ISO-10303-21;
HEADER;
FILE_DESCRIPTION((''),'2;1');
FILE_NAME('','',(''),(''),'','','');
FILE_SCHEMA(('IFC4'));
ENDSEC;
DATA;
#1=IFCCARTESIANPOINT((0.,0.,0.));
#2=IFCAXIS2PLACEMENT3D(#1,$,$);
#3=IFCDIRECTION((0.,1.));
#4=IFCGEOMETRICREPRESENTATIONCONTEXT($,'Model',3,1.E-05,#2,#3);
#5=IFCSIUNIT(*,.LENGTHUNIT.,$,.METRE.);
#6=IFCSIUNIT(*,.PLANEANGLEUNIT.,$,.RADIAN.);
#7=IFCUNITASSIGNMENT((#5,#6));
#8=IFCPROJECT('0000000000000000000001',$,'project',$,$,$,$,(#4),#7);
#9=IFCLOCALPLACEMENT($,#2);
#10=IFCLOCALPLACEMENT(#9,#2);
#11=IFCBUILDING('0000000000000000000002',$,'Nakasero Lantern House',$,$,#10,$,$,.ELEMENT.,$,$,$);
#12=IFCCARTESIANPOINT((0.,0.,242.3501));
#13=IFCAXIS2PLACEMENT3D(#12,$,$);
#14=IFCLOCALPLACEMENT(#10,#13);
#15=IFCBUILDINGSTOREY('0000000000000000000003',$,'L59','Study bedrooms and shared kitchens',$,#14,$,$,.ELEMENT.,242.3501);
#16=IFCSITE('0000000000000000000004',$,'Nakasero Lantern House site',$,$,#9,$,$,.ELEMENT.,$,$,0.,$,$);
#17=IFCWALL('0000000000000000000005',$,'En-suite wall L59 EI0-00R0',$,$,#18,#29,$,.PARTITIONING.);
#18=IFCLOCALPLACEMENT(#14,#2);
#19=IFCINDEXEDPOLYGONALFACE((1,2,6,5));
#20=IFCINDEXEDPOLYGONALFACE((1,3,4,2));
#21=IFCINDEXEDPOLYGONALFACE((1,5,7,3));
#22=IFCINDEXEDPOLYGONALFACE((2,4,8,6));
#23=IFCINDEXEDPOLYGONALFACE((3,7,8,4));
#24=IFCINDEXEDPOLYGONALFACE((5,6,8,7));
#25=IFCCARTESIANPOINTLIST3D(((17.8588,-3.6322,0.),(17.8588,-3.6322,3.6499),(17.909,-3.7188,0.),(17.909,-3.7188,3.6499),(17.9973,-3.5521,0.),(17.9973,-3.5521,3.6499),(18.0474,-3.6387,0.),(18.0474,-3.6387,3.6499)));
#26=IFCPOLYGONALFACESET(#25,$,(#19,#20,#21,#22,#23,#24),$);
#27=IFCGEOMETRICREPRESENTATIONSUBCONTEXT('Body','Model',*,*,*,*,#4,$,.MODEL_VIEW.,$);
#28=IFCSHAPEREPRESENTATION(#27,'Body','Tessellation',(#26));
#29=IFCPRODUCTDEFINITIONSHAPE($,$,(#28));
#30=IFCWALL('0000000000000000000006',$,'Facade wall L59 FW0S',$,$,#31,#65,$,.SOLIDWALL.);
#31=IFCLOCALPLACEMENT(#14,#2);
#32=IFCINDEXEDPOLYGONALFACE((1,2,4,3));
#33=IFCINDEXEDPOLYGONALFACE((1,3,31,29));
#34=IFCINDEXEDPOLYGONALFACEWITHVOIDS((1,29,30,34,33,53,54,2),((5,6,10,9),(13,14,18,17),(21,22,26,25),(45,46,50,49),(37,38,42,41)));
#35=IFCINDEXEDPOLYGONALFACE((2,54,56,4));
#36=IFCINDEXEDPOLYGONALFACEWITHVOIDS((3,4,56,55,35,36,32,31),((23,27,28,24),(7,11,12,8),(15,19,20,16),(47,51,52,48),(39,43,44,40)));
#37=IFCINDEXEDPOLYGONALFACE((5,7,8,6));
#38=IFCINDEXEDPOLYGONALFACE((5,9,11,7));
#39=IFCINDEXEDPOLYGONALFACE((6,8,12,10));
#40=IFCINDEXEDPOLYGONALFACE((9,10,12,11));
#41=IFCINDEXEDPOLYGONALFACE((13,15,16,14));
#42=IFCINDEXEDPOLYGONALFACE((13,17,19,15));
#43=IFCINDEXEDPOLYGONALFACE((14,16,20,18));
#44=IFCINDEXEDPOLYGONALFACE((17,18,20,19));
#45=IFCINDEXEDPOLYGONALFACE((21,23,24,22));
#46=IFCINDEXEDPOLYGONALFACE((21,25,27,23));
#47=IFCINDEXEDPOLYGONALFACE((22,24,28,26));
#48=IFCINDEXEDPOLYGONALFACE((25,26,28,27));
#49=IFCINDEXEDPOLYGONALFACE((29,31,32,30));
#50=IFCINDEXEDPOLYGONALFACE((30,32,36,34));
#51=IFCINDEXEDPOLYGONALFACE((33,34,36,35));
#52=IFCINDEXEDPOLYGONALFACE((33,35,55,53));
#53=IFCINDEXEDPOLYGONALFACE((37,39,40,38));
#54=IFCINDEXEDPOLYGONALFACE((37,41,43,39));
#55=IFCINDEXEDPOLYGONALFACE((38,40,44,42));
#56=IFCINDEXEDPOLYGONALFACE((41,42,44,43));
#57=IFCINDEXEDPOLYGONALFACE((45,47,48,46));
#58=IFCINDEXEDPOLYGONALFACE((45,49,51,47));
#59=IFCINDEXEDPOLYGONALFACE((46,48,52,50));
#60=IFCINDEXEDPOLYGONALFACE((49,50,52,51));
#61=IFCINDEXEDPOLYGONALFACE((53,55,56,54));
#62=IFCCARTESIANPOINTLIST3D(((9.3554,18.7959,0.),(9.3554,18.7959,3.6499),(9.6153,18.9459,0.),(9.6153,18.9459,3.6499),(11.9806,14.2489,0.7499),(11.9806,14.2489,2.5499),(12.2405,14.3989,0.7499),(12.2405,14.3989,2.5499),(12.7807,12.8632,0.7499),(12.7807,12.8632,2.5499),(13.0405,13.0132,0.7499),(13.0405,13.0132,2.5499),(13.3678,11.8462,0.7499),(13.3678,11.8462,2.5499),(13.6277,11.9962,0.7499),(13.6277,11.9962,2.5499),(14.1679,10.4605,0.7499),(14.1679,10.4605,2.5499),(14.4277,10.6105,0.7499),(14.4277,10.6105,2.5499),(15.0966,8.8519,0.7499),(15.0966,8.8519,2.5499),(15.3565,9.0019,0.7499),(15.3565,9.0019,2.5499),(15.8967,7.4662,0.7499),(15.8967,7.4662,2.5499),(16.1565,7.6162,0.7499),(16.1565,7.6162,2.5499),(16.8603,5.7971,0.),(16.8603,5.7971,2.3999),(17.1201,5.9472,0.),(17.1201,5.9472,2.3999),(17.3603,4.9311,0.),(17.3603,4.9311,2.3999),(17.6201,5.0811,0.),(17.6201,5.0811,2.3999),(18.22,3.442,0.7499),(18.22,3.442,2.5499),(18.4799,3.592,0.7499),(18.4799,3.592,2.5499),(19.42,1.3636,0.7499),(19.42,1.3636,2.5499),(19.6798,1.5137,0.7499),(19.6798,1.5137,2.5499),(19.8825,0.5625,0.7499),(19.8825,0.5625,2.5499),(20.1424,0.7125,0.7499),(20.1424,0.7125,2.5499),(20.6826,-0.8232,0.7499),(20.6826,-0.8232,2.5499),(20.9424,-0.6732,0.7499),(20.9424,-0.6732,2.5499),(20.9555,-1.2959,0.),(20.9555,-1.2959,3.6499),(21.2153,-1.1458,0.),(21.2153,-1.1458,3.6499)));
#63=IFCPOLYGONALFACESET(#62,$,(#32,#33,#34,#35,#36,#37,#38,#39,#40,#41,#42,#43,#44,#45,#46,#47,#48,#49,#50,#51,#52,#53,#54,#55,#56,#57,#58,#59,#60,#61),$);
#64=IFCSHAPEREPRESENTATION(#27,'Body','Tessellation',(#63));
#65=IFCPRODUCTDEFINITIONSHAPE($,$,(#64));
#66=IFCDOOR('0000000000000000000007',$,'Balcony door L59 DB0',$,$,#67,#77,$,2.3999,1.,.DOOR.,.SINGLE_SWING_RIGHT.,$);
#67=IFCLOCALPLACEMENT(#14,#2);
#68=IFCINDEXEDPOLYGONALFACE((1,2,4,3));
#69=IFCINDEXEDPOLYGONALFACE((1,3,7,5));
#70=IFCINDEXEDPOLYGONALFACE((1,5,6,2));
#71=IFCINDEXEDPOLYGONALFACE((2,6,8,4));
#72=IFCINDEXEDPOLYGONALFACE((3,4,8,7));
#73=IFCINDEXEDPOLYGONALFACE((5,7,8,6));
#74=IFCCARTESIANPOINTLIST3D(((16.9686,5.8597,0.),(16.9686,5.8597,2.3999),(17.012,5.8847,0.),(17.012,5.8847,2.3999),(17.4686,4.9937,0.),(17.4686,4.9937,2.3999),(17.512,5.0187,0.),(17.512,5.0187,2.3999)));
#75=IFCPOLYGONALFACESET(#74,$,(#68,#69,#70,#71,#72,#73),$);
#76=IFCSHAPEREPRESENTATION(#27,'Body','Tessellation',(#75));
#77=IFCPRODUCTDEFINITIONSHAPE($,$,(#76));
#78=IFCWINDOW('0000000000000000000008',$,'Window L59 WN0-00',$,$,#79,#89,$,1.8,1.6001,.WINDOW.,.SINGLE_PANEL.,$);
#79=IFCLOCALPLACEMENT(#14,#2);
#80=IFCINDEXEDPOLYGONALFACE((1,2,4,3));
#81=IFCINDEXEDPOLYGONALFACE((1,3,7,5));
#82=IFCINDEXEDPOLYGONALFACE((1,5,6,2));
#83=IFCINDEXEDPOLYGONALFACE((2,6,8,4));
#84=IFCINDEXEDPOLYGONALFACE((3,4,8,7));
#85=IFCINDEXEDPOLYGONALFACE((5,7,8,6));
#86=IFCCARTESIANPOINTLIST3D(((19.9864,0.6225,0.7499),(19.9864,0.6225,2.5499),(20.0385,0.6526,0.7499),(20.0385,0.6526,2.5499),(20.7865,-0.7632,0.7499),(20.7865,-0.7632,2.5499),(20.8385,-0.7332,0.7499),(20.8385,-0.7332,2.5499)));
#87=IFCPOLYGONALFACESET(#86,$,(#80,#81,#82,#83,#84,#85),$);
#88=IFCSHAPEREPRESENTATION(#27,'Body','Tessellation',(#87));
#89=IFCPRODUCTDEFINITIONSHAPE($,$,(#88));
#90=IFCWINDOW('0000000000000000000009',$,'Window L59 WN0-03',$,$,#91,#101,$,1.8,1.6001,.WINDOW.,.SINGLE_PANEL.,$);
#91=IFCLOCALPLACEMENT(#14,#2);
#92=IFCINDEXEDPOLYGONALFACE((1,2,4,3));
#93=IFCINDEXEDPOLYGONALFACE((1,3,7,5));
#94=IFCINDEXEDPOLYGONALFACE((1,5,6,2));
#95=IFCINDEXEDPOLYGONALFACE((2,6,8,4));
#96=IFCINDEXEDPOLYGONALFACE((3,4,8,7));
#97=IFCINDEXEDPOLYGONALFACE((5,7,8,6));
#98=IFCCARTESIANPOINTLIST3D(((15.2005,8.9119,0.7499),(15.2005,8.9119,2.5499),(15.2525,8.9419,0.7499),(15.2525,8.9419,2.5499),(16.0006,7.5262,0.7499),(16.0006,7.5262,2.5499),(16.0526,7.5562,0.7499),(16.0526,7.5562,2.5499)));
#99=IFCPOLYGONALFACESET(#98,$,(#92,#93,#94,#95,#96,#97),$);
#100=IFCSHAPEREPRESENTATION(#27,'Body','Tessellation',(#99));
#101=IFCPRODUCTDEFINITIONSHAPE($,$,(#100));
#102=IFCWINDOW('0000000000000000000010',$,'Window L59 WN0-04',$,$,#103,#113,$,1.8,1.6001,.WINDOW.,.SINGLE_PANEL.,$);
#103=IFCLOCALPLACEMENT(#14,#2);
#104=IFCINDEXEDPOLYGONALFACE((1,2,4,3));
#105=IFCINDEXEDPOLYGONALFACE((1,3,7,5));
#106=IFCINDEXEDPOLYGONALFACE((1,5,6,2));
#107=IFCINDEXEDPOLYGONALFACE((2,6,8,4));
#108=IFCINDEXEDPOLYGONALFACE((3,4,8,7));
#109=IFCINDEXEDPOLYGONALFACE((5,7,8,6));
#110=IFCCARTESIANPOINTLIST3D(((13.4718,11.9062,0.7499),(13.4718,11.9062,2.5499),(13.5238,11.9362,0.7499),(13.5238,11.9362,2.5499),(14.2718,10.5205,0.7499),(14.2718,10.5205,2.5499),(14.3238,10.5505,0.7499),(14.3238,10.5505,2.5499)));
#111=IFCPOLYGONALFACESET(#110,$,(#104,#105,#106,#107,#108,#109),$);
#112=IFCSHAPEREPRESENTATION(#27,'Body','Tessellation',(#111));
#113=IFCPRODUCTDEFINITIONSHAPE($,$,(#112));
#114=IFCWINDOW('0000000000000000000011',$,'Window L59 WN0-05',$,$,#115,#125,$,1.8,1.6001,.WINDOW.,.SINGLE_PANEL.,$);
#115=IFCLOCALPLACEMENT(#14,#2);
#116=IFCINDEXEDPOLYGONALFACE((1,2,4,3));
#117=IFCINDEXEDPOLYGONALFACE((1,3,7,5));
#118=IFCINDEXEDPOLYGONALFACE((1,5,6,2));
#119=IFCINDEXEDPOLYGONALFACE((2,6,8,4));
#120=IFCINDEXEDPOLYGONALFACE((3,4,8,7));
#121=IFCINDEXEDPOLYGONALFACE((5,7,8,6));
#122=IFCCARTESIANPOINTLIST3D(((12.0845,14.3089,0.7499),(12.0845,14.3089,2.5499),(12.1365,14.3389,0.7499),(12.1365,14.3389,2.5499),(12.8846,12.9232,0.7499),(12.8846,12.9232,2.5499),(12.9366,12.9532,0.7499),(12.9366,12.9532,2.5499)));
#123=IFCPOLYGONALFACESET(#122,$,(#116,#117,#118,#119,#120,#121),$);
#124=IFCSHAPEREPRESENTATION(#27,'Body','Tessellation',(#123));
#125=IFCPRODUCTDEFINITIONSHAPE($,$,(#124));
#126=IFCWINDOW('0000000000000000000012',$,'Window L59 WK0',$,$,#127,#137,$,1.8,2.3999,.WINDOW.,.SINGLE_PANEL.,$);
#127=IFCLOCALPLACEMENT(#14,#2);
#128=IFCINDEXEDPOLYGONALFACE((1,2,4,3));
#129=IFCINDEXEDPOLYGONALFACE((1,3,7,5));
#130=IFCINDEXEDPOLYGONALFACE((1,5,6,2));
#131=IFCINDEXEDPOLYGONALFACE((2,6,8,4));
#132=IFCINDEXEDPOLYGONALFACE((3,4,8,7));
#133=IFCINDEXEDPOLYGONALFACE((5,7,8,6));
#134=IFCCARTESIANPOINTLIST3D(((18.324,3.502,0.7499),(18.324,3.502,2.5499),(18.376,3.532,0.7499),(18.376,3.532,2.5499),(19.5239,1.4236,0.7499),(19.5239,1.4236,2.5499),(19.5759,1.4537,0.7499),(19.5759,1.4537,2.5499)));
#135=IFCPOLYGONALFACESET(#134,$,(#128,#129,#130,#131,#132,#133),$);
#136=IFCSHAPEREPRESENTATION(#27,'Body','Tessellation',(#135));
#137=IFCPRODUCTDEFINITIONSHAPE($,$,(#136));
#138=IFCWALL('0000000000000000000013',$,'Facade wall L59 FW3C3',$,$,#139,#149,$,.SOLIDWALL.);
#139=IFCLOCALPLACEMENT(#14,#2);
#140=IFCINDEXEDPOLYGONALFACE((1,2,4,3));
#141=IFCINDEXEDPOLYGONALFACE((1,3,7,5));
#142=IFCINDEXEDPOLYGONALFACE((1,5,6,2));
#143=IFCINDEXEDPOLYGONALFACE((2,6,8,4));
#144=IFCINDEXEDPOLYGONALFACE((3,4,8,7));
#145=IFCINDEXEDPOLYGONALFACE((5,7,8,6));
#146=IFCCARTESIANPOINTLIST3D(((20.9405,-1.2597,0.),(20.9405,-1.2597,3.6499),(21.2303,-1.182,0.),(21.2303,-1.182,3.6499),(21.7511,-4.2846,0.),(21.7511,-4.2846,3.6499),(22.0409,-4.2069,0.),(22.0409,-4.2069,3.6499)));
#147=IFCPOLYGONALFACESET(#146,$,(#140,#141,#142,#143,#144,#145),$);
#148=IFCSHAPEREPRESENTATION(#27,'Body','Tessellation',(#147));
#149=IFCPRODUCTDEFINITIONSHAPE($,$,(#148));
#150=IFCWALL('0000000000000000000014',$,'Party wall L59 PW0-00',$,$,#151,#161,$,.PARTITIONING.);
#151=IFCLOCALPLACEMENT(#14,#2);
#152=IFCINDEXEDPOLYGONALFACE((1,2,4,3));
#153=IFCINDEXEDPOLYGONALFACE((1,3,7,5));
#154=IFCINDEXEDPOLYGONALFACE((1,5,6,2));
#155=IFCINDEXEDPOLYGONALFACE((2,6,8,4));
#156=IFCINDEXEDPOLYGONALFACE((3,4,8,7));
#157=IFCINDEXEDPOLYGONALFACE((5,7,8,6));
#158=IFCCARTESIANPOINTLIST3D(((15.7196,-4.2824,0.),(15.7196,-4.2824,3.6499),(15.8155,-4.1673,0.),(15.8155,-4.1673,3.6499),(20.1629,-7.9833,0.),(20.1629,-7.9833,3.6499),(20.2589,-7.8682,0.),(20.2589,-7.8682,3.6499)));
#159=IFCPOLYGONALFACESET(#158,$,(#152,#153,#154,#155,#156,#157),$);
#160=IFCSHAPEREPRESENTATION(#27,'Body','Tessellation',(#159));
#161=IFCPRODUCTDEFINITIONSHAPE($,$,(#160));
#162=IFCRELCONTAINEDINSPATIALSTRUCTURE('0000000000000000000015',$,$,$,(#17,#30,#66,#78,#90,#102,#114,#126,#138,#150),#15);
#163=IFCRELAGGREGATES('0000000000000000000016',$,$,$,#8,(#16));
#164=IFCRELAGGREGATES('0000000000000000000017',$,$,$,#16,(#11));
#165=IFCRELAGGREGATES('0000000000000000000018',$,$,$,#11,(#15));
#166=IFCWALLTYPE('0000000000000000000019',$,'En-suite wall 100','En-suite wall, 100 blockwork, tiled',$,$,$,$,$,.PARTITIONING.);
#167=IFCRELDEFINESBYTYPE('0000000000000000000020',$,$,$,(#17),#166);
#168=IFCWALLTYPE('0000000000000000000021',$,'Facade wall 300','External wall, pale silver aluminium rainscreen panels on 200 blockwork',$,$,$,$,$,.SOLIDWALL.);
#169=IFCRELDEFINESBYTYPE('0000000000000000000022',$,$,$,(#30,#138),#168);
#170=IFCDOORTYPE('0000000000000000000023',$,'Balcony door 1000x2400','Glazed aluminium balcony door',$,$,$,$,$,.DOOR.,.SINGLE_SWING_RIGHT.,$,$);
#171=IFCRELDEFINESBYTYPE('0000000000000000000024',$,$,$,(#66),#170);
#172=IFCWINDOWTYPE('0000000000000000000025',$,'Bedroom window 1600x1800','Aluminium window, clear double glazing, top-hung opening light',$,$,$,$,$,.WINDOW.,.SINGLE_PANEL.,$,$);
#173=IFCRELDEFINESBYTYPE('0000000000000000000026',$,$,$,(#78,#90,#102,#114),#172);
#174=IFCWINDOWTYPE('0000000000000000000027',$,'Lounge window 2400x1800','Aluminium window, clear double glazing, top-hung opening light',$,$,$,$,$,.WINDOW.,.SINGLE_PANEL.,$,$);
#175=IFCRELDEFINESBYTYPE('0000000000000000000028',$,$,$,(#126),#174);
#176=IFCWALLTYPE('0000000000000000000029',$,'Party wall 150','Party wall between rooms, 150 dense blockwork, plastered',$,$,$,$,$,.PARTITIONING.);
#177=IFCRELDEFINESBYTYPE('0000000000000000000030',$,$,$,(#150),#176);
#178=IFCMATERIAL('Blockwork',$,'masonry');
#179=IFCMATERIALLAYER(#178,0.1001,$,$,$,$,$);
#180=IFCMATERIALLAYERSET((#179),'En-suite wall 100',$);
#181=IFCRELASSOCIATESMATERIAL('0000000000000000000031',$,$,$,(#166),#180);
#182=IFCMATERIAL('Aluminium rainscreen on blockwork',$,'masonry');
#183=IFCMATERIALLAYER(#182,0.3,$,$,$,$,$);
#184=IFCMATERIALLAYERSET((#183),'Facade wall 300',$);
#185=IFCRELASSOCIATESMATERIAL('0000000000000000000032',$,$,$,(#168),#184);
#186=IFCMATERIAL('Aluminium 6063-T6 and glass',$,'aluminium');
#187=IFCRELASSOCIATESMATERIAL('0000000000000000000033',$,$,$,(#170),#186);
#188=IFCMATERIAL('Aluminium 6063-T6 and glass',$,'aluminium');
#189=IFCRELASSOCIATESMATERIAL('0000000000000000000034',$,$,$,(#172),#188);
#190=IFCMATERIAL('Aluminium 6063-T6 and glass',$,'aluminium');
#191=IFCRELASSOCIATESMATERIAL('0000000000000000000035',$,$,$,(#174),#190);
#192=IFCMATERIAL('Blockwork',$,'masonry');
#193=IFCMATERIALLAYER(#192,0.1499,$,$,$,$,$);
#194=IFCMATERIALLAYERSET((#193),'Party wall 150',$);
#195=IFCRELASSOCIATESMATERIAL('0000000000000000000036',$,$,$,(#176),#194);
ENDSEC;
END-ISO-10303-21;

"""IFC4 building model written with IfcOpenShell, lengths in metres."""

from ifc_helpers import new_model, si_unit, direction, frame, frame_2d, origin, place, context, subcontext, project, spatial, rectangle, extrude, material, layer, layer_set, type_object, element, fill, save


model = new_model("IFC4")

# Units and contexts
model_context = context("Model", 3, precision=1e-05, world=origin(), true_north=direction((0.0, 1.0)))
body_context = subcontext(model_context, "Body", "Model", "MODEL_VIEW")
ifc_project = project(units=[si_unit("LENGTHUNIT", "METRE"), si_unit("PLANEANGLEUNIT", "RADIAN")], contexts=[model_context])

# Site, building, storey
site_placement = place(None, origin())
site = spatial("IfcSite", under=ifc_project, at=site_placement, Name="Nakasero Lantern House site", CompositionType="ELEMENT", RefElevation=0.0)
building_placement = place(site_placement, origin())
building = spatial("IfcBuilding", under=site, at=building_placement, Name="Nakasero Lantern House", CompositionType="ELEMENT")
storey_placement = place(building_placement, frame((0.0, 0.0, 242.3501)))
storey = spatial("IfcBuildingStorey", under=building, at=storey_placement, Name="L59", Description="Study bedrooms and shared kitchens", CompositionType="ELEMENT", Elevation=242.3501)

# Shared definitions
ifc_material_1 = material(Name="Blockwork", Category="masonry")
ifc_layer_1 = layer(ifc_material_1, 0.1001)
ifc_layer_set_1 = layer_set([ifc_layer_1], Name="En-suite wall 100")
wall_type_1 = type_object("IfcWallType", Name="En-suite wall 100", Description="En-suite wall, 100 blockwork, tiled", PredefinedType="PARTITIONING", material=ifc_layer_set_1)

# Wall
wall_1_placement = place(storey_placement, frame((17.8838, -3.6755, 0.0), z_axis=(0.0, 0.0, 1.0), x_axis=(0.8656, 0.500735, 0.0)))
element("IfcWall", 1, at=wall_1_placement, inside=storey, type_object=wall_type_1, Name="En-suite wall L59 EI0-00R0", PredefinedType="PARTITIONING", context=body_context, shape_type="SweptSolid", body=[
    extrude(rectangle(XDim=0.1599, YDim=0.1001, at=frame_2d((0.0801, 0.0))), origin(), (0.0, 0.0, 1.0), 3.6499),
])

# Wall, openings, door, windows
ifc_material_2 = material(Name="Aluminium rainscreen on blockwork", Category="masonry")
ifc_layer_2 = layer(ifc_material_2, 0.3)
ifc_layer_set_2 = layer_set([ifc_layer_2], Name="Facade wall 300")
wall_type_2 = type_object("IfcWallType", Name="Facade wall 300", Description="External wall, pale silver aluminium rainscreen panels on 200 blockwork", PredefinedType="SOLIDWALL", material=ifc_layer_set_2)
wall_2_placement = place(storey_placement, frame((21.0854, -1.2209, 0.0), z_axis=(0.0, 0.0, 1.0), x_axis=(-0.500003, 0.866024, 0.0)))
wall_2 = element("IfcWall", 2, at=wall_2_placement, inside=storey, type_object=wall_type_2, Name="Facade wall L59 FW0S", PredefinedType="SOLIDWALL", context=body_context, shape_type="SweptSolid", body=[
    extrude(rectangle(XDim=23.2, YDim=0.3, at=frame_2d((11.6001, 0.0))), origin(), (0.0, 0.0, 1.0), 3.6499),
])
opening_1_placement = place(wall_2_placement, frame((0.5459, 0.0, 0.75)))
opening_1 = element("IfcOpeningElement", 3, at=opening_1_placement, cuts=wall_2, PredefinedType="OPENING", context=body_context, shape_type="SweptSolid", body=[
    extrude(rectangle(XDim=1.6001, YDim=1.8, at=frame_2d((0.8, 0.8999))), frame((0.0, 0.1699, 0.0), z_axis=(0.0, -1.0, 0.0), x_axis=(1.0, 0.0, 0.0)), (0.0, 0.0, 1.0), 0.3401),
])
opening_2_placement = place(wall_2_placement, frame((10.1177, 0.0, 0.75)))
opening_2 = element("IfcOpeningElement", 4, at=opening_2_placement, cuts=wall_2, PredefinedType="OPENING", context=body_context, shape_type="SweptSolid", body=[
    extrude(rectangle(XDim=1.6001, YDim=1.8, at=frame_2d((0.8, 0.8999))), frame((0.0, 0.1699, 0.0), z_axis=(0.0, -1.0, 0.0), x_axis=(1.0, 0.0, 0.0)), (0.0, 0.0, 1.0), 0.3401),
])
opening_3_placement = place(wall_2_placement, frame((13.5752, 0.0, 0.75)))
opening_3 = element("IfcOpeningElement", 5, at=opening_3_placement, cuts=wall_2, PredefinedType="OPENING", context=body_context, shape_type="SweptSolid", body=[
    extrude(rectangle(XDim=1.6001, YDim=1.8, at=frame_2d((0.8, 0.8999))), frame((0.0, 0.1699, 0.0), z_axis=(0.0, -1.0, 0.0), x_axis=(1.0, 0.0, 0.0)), (0.0, 0.0, 1.0), 0.3401),
])
opening_4_placement = place(wall_2_placement, frame((16.3496, 0.0, 0.75)))
opening_4 = element("IfcOpeningElement", 6, at=opening_4_placement, cuts=wall_2, PredefinedType="OPENING", context=body_context, shape_type="SweptSolid", body=[
    extrude(rectangle(XDim=1.6001, YDim=1.8, at=frame_2d((0.8, 0.8999))), frame((0.0, 0.1699, 0.0), z_axis=(0.0, -1.0, 0.0), x_axis=(1.0, 0.0, 0.0)), (0.0, 0.0, 1.0), 0.3401),
])
opening_5_placement = place(wall_2_placement, frame((3.071, 0.0, 0.75)))
opening_5 = element("IfcOpeningElement", 7, at=opening_5_placement, cuts=wall_2, PredefinedType="OPENING", context=body_context, shape_type="SweptSolid", body=[
    extrude(rectangle(XDim=2.3999, YDim=1.8, at=frame_2d((1.2, 0.8999))), frame((0.0, 0.1699, 0.0), z_axis=(0.0, -1.0, 0.0), x_axis=(1.0, 0.0, 0.0)), (0.0, 0.0, 1.0), 0.3401),
])
opening_6_placement = place(wall_2_placement, frame((7.1904, 0.0, 0.0)))
opening_6 = element("IfcOpeningElement", 8, at=opening_6_placement, cuts=wall_2, PredefinedType="OPENING", context=body_context, shape_type="SweptSolid", body=[
    extrude(rectangle(XDim=1.0, YDim=2.3999, at=frame_2d((0.5, 1.2))), frame((0.0, 0.1699, 0.0), z_axis=(0.0, -1.0, 0.0), x_axis=(1.0, 0.0, 0.0)), (0.0, 0.0, 1.0), 0.3401),
])
ifc_material_3 = material(Name="Aluminium 6063-T6 and glass", Category="aluminium")
door_type_1 = type_object("IfcDoorType", Name="Balcony door 1000x2400", Description="Glazed aluminium balcony door", OperationType="SINGLE_SWING_RIGHT", PredefinedType="DOOR", material=ifc_material_3)
door_1_placement = place(opening_6_placement, origin())
door_1 = element("IfcDoor", 9, at=door_1_placement, inside=storey, type_object=door_type_1, Name="Balcony door L59 DB0", OperationType="SINGLE_SWING_RIGHT", OverallHeight=2.3999, OverallWidth=1.0, PredefinedType="DOOR", context=body_context, shape_type="SweptSolid", body=[
    extrude(rectangle(XDim=1.0, YDim=2.3999, at=frame_2d((0.5, 1.2))), frame((0.0, 0.0249, 0.0), z_axis=(0.0, -1.0, 0.0), x_axis=(1.0, 0.0, 0.0)), (0.0, 0.0, 1.0), 0.05),
])
fill(opening_6, door_1)
ifc_material_4 = material(Name="Aluminium 6063-T6 and glass", Category="aluminium")
window_type_1 = type_object("IfcWindowType", Name="Bedroom window 1600x1800", Description="Aluminium window, clear double glazing, top-hung opening light", PartitioningType="SINGLE_PANEL", PredefinedType="WINDOW", material=ifc_material_4)
window_1_placement = place(opening_1_placement, origin())
window_1 = element("IfcWindow", 10, at=window_1_placement, inside=storey, type_object=window_type_1, Name="Window L59 WN0-00", OverallHeight=1.8, OverallWidth=1.6001, PartitioningType="SINGLE_PANEL", PredefinedType="WINDOW", context=body_context, shape_type="SweptSolid", body=[
    extrude(rectangle(XDim=1.6001, YDim=1.8, at=frame_2d((0.8, 0.8999))), frame((0.0, 0.03, 0.0), z_axis=(0.0, -1.0, 0.0), x_axis=(1.0, 0.0, 0.0)), (0.0, 0.0, 1.0), 0.0601),
])
fill(opening_1, window_1)
window_2_placement = place(opening_2_placement, origin())
window_2 = element("IfcWindow", 11, at=window_2_placement, inside=storey, type_object=window_type_1, Name="Window L59 WN0-03", OverallHeight=1.8, OverallWidth=1.6001, PartitioningType="SINGLE_PANEL", PredefinedType="WINDOW", context=body_context, shape_type="SweptSolid", body=[
    extrude(rectangle(XDim=1.6001, YDim=1.8, at=frame_2d((0.8, 0.8999))), frame((0.0, 0.03, 0.0), z_axis=(0.0, -1.0, 0.0), x_axis=(1.0, 0.0, 0.0)), (0.0, 0.0, 1.0), 0.0601),
])
fill(opening_2, window_2)
window_3_placement = place(opening_3_placement, origin())
window_3 = element("IfcWindow", 12, at=window_3_placement, inside=storey, type_object=window_type_1, Name="Window L59 WN0-04", OverallHeight=1.8, OverallWidth=1.6001, PartitioningType="SINGLE_PANEL", PredefinedType="WINDOW", context=body_context, shape_type="SweptSolid", body=[
    extrude(rectangle(XDim=1.6001, YDim=1.8, at=frame_2d((0.8, 0.8999))), frame((0.0, 0.03, 0.0), z_axis=(0.0, -1.0, 0.0), x_axis=(1.0, 0.0, 0.0)), (0.0, 0.0, 1.0), 0.0601),
])
fill(opening_3, window_3)
window_4_placement = place(opening_4_placement, origin())
window_4 = element("IfcWindow", 13, at=window_4_placement, inside=storey, type_object=window_type_1, Name="Window L59 WN0-05", OverallHeight=1.8, OverallWidth=1.6001, PartitioningType="SINGLE_PANEL", PredefinedType="WINDOW", context=body_context, shape_type="SweptSolid", body=[
    extrude(rectangle(XDim=1.6001, YDim=1.8, at=frame_2d((0.8, 0.8999))), frame((0.0, 0.03, 0.0), z_axis=(0.0, -1.0, 0.0), x_axis=(1.0, 0.0, 0.0)), (0.0, 0.0, 1.0), 0.0601),
])
fill(opening_4, window_4)
ifc_material_5 = material(Name="Aluminium 6063-T6 and glass", Category="aluminium")
window_type_2 = type_object("IfcWindowType", Name="Lounge window 2400x1800", Description="Aluminium window, clear double glazing, top-hung opening light", PartitioningType="SINGLE_PANEL", PredefinedType="WINDOW", material=ifc_material_5)
window_5_placement = place(opening_5_placement, origin())
window_5 = element("IfcWindow", 14, at=window_5_placement, inside=storey, type_object=window_type_2, Name="Window L59 WK0", OverallHeight=1.8, OverallWidth=2.3999, PartitioningType="SINGLE_PANEL", PredefinedType="WINDOW", context=body_context, shape_type="SweptSolid", body=[
    extrude(rectangle(XDim=2.3999, YDim=1.8, at=frame_2d((1.2, 0.8999))), frame((0.0, 0.03, 0.0), z_axis=(0.0, -1.0, 0.0), x_axis=(1.0, 0.0, 0.0)), (0.0, 0.0, 1.0), 0.0601),
])
fill(opening_5, window_5)

# Walls
wall_3_placement = place(storey_placement, frame((21.896, -4.2458, 0.0), z_axis=(0.0, 0.0, 1.0), x_axis=(-0.258827, 0.965924, 0.0)))
element("IfcWall", 15, at=wall_3_placement, inside=storey, type_object=wall_type_2, Name="Facade wall L59 FW3C3", PredefinedType="SOLIDWALL", context=body_context, shape_type="SweptSolid", body=[
    extrude(rectangle(XDim=3.1316, YDim=0.3, at=frame_2d((1.5659, 0.0))), origin(), (0.0, 0.0, 1.0), 3.6499),
])
ifc_material_6 = material(Name="Blockwork", Category="masonry")
ifc_layer_3 = layer(ifc_material_6, 0.1499)
ifc_layer_set_3 = layer_set([ifc_layer_3], Name="Party wall 150")
wall_type_3 = type_object("IfcWallType", Name="Party wall 150", Description="Party wall between rooms, 150 dense blockwork, plastered", PredefinedType="PARTITIONING", material=ifc_layer_set_3)
wall_4_placement = place(storey_placement, frame((15.7676, -4.2249, 0.0), z_axis=(0.0, 0.0, 1.0), x_axis=(0.76838, -0.639993, 0.0)))
element("IfcWall", 16, at=wall_4_placement, inside=storey, type_object=wall_type_3, Name="Party wall L59 PW0-00", PredefinedType="PARTITIONING", context=body_context, shape_type="SweptSolid", body=[
    extrude(rectangle(XDim=5.7827, YDim=0.1499, at=frame_2d((2.8914, 0.0))), origin(), (0.0, 0.0, 1.0), 3.6499),
])

save(model, "model.ifc")
